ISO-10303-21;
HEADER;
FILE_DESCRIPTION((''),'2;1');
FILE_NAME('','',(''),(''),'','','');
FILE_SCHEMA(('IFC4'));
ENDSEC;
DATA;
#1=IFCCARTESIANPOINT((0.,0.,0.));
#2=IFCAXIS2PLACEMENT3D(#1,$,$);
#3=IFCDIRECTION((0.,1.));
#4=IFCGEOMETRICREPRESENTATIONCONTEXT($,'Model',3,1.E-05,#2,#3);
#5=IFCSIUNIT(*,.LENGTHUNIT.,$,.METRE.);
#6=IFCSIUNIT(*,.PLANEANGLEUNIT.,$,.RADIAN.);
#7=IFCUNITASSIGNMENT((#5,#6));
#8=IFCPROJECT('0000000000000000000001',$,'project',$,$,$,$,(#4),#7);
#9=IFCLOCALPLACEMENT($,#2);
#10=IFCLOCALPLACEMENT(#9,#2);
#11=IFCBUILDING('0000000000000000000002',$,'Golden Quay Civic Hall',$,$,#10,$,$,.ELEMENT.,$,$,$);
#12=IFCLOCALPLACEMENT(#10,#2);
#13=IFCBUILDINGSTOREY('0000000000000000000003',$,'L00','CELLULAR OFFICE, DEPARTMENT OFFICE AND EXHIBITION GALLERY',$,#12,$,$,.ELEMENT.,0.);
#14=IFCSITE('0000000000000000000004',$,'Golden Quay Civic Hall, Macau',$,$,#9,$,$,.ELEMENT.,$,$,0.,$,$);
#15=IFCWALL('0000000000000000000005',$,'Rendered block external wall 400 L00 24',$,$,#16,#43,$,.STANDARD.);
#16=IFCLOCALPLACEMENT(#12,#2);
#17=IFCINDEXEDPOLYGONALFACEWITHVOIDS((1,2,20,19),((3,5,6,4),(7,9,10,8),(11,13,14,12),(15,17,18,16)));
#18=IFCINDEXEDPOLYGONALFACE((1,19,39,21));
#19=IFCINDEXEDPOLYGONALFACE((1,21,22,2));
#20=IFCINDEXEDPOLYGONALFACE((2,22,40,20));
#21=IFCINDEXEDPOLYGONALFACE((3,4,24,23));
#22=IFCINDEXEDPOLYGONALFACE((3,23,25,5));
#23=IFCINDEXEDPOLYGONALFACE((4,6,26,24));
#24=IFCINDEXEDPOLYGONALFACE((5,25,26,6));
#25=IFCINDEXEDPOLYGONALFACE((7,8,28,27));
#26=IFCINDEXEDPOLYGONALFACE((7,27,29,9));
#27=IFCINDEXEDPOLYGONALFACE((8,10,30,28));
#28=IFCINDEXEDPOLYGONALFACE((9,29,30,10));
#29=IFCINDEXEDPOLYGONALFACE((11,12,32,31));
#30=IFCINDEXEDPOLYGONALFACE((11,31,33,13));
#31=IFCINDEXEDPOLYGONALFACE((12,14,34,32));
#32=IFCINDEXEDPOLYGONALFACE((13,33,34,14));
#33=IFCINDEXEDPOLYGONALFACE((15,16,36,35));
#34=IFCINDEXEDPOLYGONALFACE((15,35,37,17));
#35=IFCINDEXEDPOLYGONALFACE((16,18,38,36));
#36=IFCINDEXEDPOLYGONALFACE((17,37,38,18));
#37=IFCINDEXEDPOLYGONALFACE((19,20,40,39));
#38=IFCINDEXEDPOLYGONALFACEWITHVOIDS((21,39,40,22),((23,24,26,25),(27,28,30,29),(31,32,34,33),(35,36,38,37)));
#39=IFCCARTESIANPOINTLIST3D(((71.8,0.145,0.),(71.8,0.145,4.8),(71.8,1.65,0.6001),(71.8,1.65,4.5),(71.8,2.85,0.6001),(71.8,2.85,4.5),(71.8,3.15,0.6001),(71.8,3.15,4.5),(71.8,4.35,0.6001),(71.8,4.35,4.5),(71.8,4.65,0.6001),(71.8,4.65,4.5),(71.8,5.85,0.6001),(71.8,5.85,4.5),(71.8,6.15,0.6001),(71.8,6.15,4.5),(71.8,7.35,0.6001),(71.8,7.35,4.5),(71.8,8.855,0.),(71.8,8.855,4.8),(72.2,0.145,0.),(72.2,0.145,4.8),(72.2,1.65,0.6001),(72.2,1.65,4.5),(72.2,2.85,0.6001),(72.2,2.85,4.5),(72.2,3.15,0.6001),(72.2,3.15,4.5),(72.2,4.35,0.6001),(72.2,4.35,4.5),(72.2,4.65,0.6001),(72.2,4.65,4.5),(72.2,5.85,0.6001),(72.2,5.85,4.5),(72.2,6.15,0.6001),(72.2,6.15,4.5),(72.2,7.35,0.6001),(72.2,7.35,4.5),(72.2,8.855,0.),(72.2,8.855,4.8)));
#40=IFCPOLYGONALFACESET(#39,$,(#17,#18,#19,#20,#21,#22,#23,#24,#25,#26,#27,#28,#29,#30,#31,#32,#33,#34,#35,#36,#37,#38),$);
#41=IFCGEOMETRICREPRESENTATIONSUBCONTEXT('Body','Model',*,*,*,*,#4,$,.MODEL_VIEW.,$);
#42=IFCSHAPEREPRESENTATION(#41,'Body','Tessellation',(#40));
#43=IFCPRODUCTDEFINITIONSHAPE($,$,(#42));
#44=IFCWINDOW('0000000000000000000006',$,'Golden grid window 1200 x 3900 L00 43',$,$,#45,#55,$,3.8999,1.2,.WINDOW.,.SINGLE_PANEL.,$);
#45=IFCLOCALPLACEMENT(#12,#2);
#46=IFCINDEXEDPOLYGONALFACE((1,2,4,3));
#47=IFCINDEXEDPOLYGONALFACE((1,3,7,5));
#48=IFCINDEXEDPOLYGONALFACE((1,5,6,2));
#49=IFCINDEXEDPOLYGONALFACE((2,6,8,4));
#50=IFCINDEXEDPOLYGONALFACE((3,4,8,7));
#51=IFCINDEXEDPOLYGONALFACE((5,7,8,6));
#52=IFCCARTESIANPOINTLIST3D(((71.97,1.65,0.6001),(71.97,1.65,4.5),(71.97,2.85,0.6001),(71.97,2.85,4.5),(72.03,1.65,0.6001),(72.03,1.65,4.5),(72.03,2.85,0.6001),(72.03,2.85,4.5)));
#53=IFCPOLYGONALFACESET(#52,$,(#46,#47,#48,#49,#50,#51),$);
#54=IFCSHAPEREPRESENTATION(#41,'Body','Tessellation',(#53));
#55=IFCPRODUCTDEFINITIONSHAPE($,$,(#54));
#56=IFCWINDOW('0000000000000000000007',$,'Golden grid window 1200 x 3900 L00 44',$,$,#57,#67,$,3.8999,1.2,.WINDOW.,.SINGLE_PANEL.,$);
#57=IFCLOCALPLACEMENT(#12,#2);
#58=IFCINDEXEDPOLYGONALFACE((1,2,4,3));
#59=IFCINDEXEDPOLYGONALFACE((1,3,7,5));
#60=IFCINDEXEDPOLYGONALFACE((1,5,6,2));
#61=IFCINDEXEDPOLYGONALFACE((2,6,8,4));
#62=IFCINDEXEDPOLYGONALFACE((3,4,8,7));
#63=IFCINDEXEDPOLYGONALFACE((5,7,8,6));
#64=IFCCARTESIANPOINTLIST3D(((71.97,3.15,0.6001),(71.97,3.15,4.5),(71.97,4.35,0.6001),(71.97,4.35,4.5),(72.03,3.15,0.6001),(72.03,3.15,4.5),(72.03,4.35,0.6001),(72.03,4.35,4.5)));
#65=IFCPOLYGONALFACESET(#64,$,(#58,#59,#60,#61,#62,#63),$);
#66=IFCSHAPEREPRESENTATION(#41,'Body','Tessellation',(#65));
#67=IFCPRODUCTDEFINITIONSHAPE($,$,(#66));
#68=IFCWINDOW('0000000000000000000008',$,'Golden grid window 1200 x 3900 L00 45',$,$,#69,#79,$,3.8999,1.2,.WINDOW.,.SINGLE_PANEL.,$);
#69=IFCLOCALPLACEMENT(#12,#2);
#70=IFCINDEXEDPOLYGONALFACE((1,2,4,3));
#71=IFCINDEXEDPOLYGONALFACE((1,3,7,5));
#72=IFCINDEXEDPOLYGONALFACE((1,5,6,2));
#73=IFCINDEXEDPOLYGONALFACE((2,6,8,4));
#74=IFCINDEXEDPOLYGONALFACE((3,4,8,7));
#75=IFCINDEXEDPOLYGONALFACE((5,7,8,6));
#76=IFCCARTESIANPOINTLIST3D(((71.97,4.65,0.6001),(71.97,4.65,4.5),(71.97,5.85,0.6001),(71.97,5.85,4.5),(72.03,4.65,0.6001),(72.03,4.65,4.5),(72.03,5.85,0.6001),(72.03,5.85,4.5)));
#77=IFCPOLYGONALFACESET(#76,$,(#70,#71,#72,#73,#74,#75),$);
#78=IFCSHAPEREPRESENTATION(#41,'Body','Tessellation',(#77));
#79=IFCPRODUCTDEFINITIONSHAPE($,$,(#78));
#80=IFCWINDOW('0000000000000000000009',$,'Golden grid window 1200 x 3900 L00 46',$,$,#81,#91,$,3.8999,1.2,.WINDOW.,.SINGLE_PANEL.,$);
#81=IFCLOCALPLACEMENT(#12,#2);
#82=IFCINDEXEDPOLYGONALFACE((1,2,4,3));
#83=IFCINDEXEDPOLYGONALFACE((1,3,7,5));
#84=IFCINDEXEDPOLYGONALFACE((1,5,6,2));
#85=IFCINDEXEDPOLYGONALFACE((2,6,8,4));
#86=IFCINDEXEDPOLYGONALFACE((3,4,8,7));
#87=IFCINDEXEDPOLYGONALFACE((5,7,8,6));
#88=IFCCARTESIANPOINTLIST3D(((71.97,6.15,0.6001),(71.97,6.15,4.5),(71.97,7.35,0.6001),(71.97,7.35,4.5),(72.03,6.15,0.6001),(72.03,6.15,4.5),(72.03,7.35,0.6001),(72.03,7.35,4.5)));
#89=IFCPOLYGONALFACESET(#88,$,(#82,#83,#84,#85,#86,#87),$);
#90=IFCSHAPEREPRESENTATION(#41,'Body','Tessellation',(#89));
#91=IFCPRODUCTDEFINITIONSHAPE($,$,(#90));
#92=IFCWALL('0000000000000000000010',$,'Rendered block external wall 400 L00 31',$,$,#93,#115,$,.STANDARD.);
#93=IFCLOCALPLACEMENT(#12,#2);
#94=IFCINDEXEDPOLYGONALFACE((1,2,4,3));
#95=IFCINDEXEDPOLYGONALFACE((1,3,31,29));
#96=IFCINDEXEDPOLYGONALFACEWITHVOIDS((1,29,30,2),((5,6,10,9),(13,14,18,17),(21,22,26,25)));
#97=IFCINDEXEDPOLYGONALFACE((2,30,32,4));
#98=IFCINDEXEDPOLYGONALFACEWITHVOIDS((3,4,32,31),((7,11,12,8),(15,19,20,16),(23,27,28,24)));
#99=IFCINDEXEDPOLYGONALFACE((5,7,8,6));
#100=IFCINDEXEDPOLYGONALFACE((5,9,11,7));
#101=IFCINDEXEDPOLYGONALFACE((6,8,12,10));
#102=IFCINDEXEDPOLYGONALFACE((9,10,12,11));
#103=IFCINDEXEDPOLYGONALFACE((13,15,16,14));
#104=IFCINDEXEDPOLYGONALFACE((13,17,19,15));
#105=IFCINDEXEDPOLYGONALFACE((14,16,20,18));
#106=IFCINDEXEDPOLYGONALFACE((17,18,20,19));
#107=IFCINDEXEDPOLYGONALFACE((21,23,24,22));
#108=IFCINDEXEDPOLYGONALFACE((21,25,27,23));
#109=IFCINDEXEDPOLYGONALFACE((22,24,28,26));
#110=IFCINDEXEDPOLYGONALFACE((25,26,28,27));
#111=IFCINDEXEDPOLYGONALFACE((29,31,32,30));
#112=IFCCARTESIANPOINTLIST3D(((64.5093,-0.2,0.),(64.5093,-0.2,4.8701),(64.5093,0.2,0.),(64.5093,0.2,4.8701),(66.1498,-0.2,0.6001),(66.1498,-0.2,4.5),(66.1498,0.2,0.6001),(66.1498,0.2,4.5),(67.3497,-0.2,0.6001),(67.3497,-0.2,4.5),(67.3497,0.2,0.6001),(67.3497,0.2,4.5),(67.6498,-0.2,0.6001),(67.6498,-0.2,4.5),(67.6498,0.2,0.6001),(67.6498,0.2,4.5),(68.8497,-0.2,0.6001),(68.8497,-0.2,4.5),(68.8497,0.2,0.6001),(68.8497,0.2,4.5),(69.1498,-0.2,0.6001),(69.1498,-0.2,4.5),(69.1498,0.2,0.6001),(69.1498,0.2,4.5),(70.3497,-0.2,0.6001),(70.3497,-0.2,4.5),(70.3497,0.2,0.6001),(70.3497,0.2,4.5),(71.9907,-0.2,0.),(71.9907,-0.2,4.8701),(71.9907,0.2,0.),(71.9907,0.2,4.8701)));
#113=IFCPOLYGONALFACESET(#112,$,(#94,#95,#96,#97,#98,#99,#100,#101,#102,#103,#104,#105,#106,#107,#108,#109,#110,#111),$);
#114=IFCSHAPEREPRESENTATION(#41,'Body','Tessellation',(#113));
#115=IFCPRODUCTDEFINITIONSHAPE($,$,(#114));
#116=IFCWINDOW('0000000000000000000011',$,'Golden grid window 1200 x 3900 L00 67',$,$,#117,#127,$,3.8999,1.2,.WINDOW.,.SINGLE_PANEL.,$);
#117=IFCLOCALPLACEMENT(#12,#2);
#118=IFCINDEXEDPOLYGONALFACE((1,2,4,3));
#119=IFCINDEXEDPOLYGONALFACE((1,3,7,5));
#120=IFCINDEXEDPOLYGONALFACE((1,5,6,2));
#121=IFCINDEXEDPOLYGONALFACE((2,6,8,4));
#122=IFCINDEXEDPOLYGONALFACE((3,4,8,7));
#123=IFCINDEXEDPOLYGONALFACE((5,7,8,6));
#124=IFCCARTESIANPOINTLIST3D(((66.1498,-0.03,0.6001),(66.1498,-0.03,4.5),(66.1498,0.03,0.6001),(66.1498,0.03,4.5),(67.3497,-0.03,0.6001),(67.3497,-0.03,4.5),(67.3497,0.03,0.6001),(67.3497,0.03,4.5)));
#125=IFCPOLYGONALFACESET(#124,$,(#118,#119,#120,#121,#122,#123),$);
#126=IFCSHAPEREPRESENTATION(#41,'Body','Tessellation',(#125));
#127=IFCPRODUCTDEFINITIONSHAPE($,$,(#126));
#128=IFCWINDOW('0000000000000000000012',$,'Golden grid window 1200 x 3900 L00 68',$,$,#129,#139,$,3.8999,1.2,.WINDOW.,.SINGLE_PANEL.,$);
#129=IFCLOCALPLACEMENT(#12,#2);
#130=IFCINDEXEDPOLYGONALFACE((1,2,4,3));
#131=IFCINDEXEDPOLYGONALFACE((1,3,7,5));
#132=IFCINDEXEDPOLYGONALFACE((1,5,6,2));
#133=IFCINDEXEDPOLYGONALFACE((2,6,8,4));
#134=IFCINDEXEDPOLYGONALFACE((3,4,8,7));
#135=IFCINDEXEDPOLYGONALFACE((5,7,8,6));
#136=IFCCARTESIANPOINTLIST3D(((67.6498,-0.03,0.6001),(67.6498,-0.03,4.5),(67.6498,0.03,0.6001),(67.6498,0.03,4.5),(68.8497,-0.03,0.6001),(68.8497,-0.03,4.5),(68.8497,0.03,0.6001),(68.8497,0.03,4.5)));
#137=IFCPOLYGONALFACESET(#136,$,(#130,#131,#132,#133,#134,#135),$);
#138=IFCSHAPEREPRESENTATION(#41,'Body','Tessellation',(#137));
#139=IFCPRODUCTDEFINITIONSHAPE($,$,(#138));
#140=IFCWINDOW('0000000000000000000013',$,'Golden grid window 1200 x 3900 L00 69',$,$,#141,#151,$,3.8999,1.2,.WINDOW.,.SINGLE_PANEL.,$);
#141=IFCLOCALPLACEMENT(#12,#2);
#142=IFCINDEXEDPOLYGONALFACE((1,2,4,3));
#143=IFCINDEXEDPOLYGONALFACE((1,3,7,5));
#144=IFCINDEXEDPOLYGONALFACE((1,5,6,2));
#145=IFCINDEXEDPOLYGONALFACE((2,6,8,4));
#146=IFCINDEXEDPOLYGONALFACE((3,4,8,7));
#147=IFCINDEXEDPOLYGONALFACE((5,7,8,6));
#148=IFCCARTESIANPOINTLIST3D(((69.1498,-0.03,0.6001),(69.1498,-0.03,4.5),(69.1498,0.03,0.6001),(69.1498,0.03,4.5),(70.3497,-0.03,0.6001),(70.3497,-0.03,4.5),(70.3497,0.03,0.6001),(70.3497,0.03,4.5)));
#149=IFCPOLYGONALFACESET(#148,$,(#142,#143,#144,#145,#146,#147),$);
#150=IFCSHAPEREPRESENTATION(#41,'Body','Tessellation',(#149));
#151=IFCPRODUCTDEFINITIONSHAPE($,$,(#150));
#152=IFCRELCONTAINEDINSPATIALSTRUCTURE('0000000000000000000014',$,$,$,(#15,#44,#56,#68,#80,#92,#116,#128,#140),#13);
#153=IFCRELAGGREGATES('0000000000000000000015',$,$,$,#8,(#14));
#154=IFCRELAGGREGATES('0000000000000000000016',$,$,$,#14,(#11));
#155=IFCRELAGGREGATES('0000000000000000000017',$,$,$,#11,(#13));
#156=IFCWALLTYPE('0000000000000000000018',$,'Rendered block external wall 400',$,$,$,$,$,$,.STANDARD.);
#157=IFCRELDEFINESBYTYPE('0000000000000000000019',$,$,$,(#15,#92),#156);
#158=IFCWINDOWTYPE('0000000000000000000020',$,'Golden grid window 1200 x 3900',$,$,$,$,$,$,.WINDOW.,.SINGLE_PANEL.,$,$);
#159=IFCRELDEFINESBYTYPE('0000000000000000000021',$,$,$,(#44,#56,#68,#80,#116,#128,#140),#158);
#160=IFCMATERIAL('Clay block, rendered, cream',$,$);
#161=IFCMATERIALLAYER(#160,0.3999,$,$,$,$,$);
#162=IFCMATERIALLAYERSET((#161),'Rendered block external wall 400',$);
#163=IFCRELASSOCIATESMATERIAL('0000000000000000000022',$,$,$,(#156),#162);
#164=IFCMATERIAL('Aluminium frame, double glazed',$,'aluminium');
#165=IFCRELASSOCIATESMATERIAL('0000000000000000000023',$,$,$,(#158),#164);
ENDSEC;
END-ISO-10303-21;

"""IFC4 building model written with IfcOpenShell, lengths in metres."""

from ifc_helpers import new_model, si_unit, direction, frame, frame_2d, origin, place, context, subcontext, project, spatial, rectangle, extrude, material, layer, layer_set, type_object, element, fill, save


model = new_model("IFC4")

# Units and contexts
model_context = context("Model", 3, precision=1e-05, world=origin(), true_north=direction((0.0, 1.0)))
body_context = subcontext(model_context, "Body", "Model", "MODEL_VIEW")
ifc_project = project(units=[si_unit("LENGTHUNIT", "METRE"), si_unit("PLANEANGLEUNIT", "RADIAN")], contexts=[model_context])

# Site, building, storey
site_placement = place(None, origin())
site = spatial("IfcSite", under=ifc_project, at=site_placement, Name="Golden Quay Civic Hall, Macau", CompositionType="ELEMENT", RefElevation=0.0)
building_placement = place(site_placement, origin())
building = spatial("IfcBuilding", under=site, at=building_placement, Name="Golden Quay Civic Hall", CompositionType="ELEMENT")
storey_placement = place(building_placement, origin())
storey = spatial("IfcBuildingStorey", under=building, at=storey_placement, Name="L00", Description="CELLULAR OFFICE, DEPARTMENT OFFICE AND EXHIBITION GALLERY", CompositionType="ELEMENT", Elevation=0.0)

# Walls, openings, windows
ifc_material_1 = material(Name="Clay block, rendered, cream")
ifc_layer_1 = layer(ifc_material_1, 0.3999)
ifc_layer_set_1 = layer_set([ifc_layer_1], Name="Rendered block external wall 400")
wall_type_1 = type_object("IfcWallType", Name="Rendered block external wall 400", PredefinedType="STANDARD", material=ifc_layer_set_1)
wall_1_placement = place(storey_placement, frame((72.0, 8.855, 0.0), z_axis=(0.0, 0.0, 1.0), x_axis=(0.0, -1.0, 0.0)))
wall_1 = element("IfcWall", 1, at=wall_1_placement, inside=storey, type_object=wall_type_1, Name="Rendered block external wall 400 L00 24", PredefinedType="STANDARD", context=body_context, shape_type="SweptSolid", body=[
    extrude(rectangle(XDim=8.71, YDim=0.3999, at=frame_2d((4.355, 0.0))), origin(), (0.0, 0.0, 1.0), 4.8),
])
opening_1_placement = place(wall_1_placement, frame((6.0049, 0.0, 0.6001)))
opening_1 = element("IfcOpeningElement", 2, at=opening_1_placement, cuts=wall_1, PredefinedType="OPENING", context=body_context, shape_type="SweptSolid", body=[
    extrude(rectangle(XDim=1.2, YDim=3.8999, at=frame_2d((0.6001, 1.95))), frame((0.0, 0.21, 0.0), z_axis=(0.0, -1.0, 0.0), x_axis=(1.0, 0.0, 0.0)), (0.0, 0.0, 1.0), 0.4199),
])
opening_2_placement = place(wall_1_placement, frame((4.5049, 0.0, 0.6001)))
opening_2 = element("IfcOpeningElement", 3, at=opening_2_placement, cuts=wall_1, PredefinedType="OPENING", context=body_context, shape_type="SweptSolid", body=[
    extrude(rectangle(XDim=1.2, YDim=3.8999, at=frame_2d((0.6001, 1.95))), frame((0.0, 0.21, 0.0), z_axis=(0.0, -1.0, 0.0), x_axis=(1.0, 0.0, 0.0)), (0.0, 0.0, 1.0), 0.4199),
])
opening_3_placement = place(wall_1_placement, frame((3.0049, 0.0, 0.6001)))
opening_3 = element("IfcOpeningElement", 4, at=opening_3_placement, cuts=wall_1, PredefinedType="OPENING", context=body_context, shape_type="SweptSolid", body=[
    extrude(rectangle(XDim=1.2, YDim=3.8999, at=frame_2d((0.6001, 1.95))), frame((0.0, 0.21, 0.0), z_axis=(0.0, -1.0, 0.0), x_axis=(1.0, 0.0, 0.0)), (0.0, 0.0, 1.0), 0.4199),
])
opening_4_placement = place(wall_1_placement, frame((1.5049, 0.0, 0.6001)))
opening_4 = element("IfcOpeningElement", 5, at=opening_4_placement, cuts=wall_1, PredefinedType="OPENING", context=body_context, shape_type="SweptSolid", body=[
    extrude(rectangle(XDim=1.2, YDim=3.8999, at=frame_2d((0.6001, 1.95))), frame((0.0, 0.21, 0.0), z_axis=(0.0, -1.0, 0.0), x_axis=(1.0, 0.0, 0.0)), (0.0, 0.0, 1.0), 0.4199),
])
ifc_material_2 = material(Name="Aluminium frame, double glazed", Category="aluminium")
window_type = type_object("IfcWindowType", Name="Golden grid window 1200 x 3900", PartitioningType="SINGLE_PANEL", PredefinedType="WINDOW", material=ifc_material_2)
window_1_placement = place(opening_1_placement, origin())
window_1 = element("IfcWindow", 6, at=window_1_placement, inside=storey, type_object=window_type, Name="Golden grid window 1200 x 3900 L00 43", OverallHeight=3.8999, OverallWidth=1.2, PartitioningType="SINGLE_PANEL", PredefinedType="WINDOW", context=body_context, shape_type="SweptSolid", body=[
    extrude(rectangle(XDim=1.2, YDim=3.8999, at=frame_2d((0.6001, 1.95))), frame((0.0, 0.03, 0.0), z_axis=(0.0, -1.0, 0.0), x_axis=(1.0, 0.0, 0.0)), (0.0, 0.0, 1.0), 0.0601),
])
fill(opening_1, window_1)
window_2_placement = place(opening_2_placement, origin())
window_2 = element("IfcWindow", 7, at=window_2_placement, inside=storey, type_object=window_type, Name="Golden grid window 1200 x 3900 L00 44", OverallHeight=3.8999, OverallWidth=1.2, PartitioningType="SINGLE_PANEL", PredefinedType="WINDOW", context=body_context, shape_type="SweptSolid", body=[
    extrude(rectangle(XDim=1.2, YDim=3.8999, at=frame_2d((0.6001, 1.95))), frame((0.0, 0.03, 0.0), z_axis=(0.0, -1.0, 0.0), x_axis=(1.0, 0.0, 0.0)), (0.0, 0.0, 1.0), 0.0601),
])
fill(opening_2, window_2)
window_3_placement = place(opening_3_placement, origin())
window_3 = element("IfcWindow", 8, at=window_3_placement, inside=storey, type_object=window_type, Name="Golden grid window 1200 x 3900 L00 45", OverallHeight=3.8999, OverallWidth=1.2, PartitioningType="SINGLE_PANEL", PredefinedType="WINDOW", context=body_context, shape_type="SweptSolid", body=[
    extrude(rectangle(XDim=1.2, YDim=3.8999, at=frame_2d((0.6001, 1.95))), frame((0.0, 0.03, 0.0), z_axis=(0.0, -1.0, 0.0), x_axis=(1.0, 0.0, 0.0)), (0.0, 0.0, 1.0), 0.0601),
])
fill(opening_3, window_3)
window_4_placement = place(opening_4_placement, origin())
window_4 = element("IfcWindow", 9, at=window_4_placement, inside=storey, type_object=window_type, Name="Golden grid window 1200 x 3900 L00 46", OverallHeight=3.8999, OverallWidth=1.2, PartitioningType="SINGLE_PANEL", PredefinedType="WINDOW", context=body_context, shape_type="SweptSolid", body=[
    extrude(rectangle(XDim=1.2, YDim=3.8999, at=frame_2d((0.6001, 1.95))), frame((0.0, 0.03, 0.0), z_axis=(0.0, -1.0, 0.0), x_axis=(1.0, 0.0, 0.0)), (0.0, 0.0, 1.0), 0.0601),
])
fill(opening_4, window_4)
wall_2_placement = place(storey_placement, frame((71.9907, 0.0, 0.0), z_axis=(0.0, 0.0, 1.0), x_axis=(-1.0, 0.0, 0.0)))
wall_2 = element("IfcWall", 10, at=wall_2_placement, inside=storey, type_object=wall_type_1, Name="Rendered block external wall 400 L00 31", PredefinedType="STANDARD", context=body_context, shape_type="SweptSolid", body=[
    extrude(rectangle(XDim=7.4814, YDim=0.3999, at=frame_2d((3.7407, 0.0))), origin(), (0.0, 0.0, 1.0), 4.8701),
])
opening_5_placement = place(wall_2_placement, frame((4.6409, 0.0, 0.6001)))
opening_5 = element("IfcOpeningElement", 11, at=opening_5_placement, cuts=wall_2, PredefinedType="OPENING", context=body_context, shape_type="SweptSolid", body=[
    extrude(rectangle(XDim=1.2, YDim=3.8999, at=frame_2d((0.6001, 1.95))), frame((0.0, 0.21, 0.0), z_axis=(0.0, -1.0, 0.0), x_axis=(1.0, 0.0, 0.0)), (0.0, 0.0, 1.0), 0.4199),
])
opening_6_placement = place(wall_2_placement, frame((3.1409, 0.0, 0.6001)))
opening_6 = element("IfcOpeningElement", 12, at=opening_6_placement, cuts=wall_2, PredefinedType="OPENING", context=body_context, shape_type="SweptSolid", body=[
    extrude(rectangle(XDim=1.2, YDim=3.8999, at=frame_2d((0.6001, 1.95))), frame((0.0, 0.21, 0.0), z_axis=(0.0, -1.0, 0.0), x_axis=(1.0, 0.0, 0.0)), (0.0, 0.0, 1.0), 0.4199),
])
opening_7_placement = place(wall_2_placement, frame((1.6409, 0.0, 0.6001)))
opening_7 = element("IfcOpeningElement", 13, at=opening_7_placement, cuts=wall_2, PredefinedType="OPENING", context=body_context, shape_type="SweptSolid", body=[
    extrude(rectangle(XDim=1.2, YDim=3.8999, at=frame_2d((0.6001, 1.95))), frame((0.0, 0.21, 0.0), z_axis=(0.0, -1.0, 0.0), x_axis=(1.0, 0.0, 0.0)), (0.0, 0.0, 1.0), 0.4199),
])
window_5_placement = place(opening_5_placement, origin())
window_5 = element("IfcWindow", 14, at=window_5_placement, inside=storey, type_object=window_type, Name="Golden grid window 1200 x 3900 L00 67", OverallHeight=3.8999, OverallWidth=1.2, PartitioningType="SINGLE_PANEL", PredefinedType="WINDOW", context=body_context, shape_type="SweptSolid", body=[
    extrude(rectangle(XDim=1.2, YDim=3.8999, at=frame_2d((0.6001, 1.95))), frame((0.0, 0.03, 0.0), z_axis=(0.0, -1.0, 0.0), x_axis=(1.0, 0.0, 0.0)), (0.0, 0.0, 1.0), 0.0601),
])
fill(opening_5, window_5)
window_6_placement = place(opening_6_placement, origin())
window_6 = element("IfcWindow", 15, at=window_6_placement, inside=storey, type_object=window_type, Name="Golden grid window 1200 x 3900 L00 68", OverallHeight=3.8999, OverallWidth=1.2, PartitioningType="SINGLE_PANEL", PredefinedType="WINDOW", context=body_context, shape_type="SweptSolid", body=[
    extrude(rectangle(XDim=1.2, YDim=3.8999, at=frame_2d((0.6001, 1.95))), frame((0.0, 0.03, 0.0), z_axis=(0.0, -1.0, 0.0), x_axis=(1.0, 0.0, 0.0)), (0.0, 0.0, 1.0), 0.0601),
])
fill(opening_6, window_6)
window_7_placement = place(opening_7_placement, origin())
window_7 = element("IfcWindow", 16, at=window_7_placement, inside=storey, type_object=window_type, Name="Golden grid window 1200 x 3900 L00 69", OverallHeight=3.8999, OverallWidth=1.2, PartitioningType="SINGLE_PANEL", PredefinedType="WINDOW", context=body_context, shape_type="SweptSolid", body=[
    extrude(rectangle(XDim=1.2, YDim=3.8999, at=frame_2d((0.6001, 1.95))), frame((0.0, 0.03, 0.0), z_axis=(0.0, -1.0, 0.0), x_axis=(1.0, 0.0, 0.0)), (0.0, 0.0, 1.0), 0.0601),
])
fill(opening_7, window_7)

save(model, "model.ifc")
